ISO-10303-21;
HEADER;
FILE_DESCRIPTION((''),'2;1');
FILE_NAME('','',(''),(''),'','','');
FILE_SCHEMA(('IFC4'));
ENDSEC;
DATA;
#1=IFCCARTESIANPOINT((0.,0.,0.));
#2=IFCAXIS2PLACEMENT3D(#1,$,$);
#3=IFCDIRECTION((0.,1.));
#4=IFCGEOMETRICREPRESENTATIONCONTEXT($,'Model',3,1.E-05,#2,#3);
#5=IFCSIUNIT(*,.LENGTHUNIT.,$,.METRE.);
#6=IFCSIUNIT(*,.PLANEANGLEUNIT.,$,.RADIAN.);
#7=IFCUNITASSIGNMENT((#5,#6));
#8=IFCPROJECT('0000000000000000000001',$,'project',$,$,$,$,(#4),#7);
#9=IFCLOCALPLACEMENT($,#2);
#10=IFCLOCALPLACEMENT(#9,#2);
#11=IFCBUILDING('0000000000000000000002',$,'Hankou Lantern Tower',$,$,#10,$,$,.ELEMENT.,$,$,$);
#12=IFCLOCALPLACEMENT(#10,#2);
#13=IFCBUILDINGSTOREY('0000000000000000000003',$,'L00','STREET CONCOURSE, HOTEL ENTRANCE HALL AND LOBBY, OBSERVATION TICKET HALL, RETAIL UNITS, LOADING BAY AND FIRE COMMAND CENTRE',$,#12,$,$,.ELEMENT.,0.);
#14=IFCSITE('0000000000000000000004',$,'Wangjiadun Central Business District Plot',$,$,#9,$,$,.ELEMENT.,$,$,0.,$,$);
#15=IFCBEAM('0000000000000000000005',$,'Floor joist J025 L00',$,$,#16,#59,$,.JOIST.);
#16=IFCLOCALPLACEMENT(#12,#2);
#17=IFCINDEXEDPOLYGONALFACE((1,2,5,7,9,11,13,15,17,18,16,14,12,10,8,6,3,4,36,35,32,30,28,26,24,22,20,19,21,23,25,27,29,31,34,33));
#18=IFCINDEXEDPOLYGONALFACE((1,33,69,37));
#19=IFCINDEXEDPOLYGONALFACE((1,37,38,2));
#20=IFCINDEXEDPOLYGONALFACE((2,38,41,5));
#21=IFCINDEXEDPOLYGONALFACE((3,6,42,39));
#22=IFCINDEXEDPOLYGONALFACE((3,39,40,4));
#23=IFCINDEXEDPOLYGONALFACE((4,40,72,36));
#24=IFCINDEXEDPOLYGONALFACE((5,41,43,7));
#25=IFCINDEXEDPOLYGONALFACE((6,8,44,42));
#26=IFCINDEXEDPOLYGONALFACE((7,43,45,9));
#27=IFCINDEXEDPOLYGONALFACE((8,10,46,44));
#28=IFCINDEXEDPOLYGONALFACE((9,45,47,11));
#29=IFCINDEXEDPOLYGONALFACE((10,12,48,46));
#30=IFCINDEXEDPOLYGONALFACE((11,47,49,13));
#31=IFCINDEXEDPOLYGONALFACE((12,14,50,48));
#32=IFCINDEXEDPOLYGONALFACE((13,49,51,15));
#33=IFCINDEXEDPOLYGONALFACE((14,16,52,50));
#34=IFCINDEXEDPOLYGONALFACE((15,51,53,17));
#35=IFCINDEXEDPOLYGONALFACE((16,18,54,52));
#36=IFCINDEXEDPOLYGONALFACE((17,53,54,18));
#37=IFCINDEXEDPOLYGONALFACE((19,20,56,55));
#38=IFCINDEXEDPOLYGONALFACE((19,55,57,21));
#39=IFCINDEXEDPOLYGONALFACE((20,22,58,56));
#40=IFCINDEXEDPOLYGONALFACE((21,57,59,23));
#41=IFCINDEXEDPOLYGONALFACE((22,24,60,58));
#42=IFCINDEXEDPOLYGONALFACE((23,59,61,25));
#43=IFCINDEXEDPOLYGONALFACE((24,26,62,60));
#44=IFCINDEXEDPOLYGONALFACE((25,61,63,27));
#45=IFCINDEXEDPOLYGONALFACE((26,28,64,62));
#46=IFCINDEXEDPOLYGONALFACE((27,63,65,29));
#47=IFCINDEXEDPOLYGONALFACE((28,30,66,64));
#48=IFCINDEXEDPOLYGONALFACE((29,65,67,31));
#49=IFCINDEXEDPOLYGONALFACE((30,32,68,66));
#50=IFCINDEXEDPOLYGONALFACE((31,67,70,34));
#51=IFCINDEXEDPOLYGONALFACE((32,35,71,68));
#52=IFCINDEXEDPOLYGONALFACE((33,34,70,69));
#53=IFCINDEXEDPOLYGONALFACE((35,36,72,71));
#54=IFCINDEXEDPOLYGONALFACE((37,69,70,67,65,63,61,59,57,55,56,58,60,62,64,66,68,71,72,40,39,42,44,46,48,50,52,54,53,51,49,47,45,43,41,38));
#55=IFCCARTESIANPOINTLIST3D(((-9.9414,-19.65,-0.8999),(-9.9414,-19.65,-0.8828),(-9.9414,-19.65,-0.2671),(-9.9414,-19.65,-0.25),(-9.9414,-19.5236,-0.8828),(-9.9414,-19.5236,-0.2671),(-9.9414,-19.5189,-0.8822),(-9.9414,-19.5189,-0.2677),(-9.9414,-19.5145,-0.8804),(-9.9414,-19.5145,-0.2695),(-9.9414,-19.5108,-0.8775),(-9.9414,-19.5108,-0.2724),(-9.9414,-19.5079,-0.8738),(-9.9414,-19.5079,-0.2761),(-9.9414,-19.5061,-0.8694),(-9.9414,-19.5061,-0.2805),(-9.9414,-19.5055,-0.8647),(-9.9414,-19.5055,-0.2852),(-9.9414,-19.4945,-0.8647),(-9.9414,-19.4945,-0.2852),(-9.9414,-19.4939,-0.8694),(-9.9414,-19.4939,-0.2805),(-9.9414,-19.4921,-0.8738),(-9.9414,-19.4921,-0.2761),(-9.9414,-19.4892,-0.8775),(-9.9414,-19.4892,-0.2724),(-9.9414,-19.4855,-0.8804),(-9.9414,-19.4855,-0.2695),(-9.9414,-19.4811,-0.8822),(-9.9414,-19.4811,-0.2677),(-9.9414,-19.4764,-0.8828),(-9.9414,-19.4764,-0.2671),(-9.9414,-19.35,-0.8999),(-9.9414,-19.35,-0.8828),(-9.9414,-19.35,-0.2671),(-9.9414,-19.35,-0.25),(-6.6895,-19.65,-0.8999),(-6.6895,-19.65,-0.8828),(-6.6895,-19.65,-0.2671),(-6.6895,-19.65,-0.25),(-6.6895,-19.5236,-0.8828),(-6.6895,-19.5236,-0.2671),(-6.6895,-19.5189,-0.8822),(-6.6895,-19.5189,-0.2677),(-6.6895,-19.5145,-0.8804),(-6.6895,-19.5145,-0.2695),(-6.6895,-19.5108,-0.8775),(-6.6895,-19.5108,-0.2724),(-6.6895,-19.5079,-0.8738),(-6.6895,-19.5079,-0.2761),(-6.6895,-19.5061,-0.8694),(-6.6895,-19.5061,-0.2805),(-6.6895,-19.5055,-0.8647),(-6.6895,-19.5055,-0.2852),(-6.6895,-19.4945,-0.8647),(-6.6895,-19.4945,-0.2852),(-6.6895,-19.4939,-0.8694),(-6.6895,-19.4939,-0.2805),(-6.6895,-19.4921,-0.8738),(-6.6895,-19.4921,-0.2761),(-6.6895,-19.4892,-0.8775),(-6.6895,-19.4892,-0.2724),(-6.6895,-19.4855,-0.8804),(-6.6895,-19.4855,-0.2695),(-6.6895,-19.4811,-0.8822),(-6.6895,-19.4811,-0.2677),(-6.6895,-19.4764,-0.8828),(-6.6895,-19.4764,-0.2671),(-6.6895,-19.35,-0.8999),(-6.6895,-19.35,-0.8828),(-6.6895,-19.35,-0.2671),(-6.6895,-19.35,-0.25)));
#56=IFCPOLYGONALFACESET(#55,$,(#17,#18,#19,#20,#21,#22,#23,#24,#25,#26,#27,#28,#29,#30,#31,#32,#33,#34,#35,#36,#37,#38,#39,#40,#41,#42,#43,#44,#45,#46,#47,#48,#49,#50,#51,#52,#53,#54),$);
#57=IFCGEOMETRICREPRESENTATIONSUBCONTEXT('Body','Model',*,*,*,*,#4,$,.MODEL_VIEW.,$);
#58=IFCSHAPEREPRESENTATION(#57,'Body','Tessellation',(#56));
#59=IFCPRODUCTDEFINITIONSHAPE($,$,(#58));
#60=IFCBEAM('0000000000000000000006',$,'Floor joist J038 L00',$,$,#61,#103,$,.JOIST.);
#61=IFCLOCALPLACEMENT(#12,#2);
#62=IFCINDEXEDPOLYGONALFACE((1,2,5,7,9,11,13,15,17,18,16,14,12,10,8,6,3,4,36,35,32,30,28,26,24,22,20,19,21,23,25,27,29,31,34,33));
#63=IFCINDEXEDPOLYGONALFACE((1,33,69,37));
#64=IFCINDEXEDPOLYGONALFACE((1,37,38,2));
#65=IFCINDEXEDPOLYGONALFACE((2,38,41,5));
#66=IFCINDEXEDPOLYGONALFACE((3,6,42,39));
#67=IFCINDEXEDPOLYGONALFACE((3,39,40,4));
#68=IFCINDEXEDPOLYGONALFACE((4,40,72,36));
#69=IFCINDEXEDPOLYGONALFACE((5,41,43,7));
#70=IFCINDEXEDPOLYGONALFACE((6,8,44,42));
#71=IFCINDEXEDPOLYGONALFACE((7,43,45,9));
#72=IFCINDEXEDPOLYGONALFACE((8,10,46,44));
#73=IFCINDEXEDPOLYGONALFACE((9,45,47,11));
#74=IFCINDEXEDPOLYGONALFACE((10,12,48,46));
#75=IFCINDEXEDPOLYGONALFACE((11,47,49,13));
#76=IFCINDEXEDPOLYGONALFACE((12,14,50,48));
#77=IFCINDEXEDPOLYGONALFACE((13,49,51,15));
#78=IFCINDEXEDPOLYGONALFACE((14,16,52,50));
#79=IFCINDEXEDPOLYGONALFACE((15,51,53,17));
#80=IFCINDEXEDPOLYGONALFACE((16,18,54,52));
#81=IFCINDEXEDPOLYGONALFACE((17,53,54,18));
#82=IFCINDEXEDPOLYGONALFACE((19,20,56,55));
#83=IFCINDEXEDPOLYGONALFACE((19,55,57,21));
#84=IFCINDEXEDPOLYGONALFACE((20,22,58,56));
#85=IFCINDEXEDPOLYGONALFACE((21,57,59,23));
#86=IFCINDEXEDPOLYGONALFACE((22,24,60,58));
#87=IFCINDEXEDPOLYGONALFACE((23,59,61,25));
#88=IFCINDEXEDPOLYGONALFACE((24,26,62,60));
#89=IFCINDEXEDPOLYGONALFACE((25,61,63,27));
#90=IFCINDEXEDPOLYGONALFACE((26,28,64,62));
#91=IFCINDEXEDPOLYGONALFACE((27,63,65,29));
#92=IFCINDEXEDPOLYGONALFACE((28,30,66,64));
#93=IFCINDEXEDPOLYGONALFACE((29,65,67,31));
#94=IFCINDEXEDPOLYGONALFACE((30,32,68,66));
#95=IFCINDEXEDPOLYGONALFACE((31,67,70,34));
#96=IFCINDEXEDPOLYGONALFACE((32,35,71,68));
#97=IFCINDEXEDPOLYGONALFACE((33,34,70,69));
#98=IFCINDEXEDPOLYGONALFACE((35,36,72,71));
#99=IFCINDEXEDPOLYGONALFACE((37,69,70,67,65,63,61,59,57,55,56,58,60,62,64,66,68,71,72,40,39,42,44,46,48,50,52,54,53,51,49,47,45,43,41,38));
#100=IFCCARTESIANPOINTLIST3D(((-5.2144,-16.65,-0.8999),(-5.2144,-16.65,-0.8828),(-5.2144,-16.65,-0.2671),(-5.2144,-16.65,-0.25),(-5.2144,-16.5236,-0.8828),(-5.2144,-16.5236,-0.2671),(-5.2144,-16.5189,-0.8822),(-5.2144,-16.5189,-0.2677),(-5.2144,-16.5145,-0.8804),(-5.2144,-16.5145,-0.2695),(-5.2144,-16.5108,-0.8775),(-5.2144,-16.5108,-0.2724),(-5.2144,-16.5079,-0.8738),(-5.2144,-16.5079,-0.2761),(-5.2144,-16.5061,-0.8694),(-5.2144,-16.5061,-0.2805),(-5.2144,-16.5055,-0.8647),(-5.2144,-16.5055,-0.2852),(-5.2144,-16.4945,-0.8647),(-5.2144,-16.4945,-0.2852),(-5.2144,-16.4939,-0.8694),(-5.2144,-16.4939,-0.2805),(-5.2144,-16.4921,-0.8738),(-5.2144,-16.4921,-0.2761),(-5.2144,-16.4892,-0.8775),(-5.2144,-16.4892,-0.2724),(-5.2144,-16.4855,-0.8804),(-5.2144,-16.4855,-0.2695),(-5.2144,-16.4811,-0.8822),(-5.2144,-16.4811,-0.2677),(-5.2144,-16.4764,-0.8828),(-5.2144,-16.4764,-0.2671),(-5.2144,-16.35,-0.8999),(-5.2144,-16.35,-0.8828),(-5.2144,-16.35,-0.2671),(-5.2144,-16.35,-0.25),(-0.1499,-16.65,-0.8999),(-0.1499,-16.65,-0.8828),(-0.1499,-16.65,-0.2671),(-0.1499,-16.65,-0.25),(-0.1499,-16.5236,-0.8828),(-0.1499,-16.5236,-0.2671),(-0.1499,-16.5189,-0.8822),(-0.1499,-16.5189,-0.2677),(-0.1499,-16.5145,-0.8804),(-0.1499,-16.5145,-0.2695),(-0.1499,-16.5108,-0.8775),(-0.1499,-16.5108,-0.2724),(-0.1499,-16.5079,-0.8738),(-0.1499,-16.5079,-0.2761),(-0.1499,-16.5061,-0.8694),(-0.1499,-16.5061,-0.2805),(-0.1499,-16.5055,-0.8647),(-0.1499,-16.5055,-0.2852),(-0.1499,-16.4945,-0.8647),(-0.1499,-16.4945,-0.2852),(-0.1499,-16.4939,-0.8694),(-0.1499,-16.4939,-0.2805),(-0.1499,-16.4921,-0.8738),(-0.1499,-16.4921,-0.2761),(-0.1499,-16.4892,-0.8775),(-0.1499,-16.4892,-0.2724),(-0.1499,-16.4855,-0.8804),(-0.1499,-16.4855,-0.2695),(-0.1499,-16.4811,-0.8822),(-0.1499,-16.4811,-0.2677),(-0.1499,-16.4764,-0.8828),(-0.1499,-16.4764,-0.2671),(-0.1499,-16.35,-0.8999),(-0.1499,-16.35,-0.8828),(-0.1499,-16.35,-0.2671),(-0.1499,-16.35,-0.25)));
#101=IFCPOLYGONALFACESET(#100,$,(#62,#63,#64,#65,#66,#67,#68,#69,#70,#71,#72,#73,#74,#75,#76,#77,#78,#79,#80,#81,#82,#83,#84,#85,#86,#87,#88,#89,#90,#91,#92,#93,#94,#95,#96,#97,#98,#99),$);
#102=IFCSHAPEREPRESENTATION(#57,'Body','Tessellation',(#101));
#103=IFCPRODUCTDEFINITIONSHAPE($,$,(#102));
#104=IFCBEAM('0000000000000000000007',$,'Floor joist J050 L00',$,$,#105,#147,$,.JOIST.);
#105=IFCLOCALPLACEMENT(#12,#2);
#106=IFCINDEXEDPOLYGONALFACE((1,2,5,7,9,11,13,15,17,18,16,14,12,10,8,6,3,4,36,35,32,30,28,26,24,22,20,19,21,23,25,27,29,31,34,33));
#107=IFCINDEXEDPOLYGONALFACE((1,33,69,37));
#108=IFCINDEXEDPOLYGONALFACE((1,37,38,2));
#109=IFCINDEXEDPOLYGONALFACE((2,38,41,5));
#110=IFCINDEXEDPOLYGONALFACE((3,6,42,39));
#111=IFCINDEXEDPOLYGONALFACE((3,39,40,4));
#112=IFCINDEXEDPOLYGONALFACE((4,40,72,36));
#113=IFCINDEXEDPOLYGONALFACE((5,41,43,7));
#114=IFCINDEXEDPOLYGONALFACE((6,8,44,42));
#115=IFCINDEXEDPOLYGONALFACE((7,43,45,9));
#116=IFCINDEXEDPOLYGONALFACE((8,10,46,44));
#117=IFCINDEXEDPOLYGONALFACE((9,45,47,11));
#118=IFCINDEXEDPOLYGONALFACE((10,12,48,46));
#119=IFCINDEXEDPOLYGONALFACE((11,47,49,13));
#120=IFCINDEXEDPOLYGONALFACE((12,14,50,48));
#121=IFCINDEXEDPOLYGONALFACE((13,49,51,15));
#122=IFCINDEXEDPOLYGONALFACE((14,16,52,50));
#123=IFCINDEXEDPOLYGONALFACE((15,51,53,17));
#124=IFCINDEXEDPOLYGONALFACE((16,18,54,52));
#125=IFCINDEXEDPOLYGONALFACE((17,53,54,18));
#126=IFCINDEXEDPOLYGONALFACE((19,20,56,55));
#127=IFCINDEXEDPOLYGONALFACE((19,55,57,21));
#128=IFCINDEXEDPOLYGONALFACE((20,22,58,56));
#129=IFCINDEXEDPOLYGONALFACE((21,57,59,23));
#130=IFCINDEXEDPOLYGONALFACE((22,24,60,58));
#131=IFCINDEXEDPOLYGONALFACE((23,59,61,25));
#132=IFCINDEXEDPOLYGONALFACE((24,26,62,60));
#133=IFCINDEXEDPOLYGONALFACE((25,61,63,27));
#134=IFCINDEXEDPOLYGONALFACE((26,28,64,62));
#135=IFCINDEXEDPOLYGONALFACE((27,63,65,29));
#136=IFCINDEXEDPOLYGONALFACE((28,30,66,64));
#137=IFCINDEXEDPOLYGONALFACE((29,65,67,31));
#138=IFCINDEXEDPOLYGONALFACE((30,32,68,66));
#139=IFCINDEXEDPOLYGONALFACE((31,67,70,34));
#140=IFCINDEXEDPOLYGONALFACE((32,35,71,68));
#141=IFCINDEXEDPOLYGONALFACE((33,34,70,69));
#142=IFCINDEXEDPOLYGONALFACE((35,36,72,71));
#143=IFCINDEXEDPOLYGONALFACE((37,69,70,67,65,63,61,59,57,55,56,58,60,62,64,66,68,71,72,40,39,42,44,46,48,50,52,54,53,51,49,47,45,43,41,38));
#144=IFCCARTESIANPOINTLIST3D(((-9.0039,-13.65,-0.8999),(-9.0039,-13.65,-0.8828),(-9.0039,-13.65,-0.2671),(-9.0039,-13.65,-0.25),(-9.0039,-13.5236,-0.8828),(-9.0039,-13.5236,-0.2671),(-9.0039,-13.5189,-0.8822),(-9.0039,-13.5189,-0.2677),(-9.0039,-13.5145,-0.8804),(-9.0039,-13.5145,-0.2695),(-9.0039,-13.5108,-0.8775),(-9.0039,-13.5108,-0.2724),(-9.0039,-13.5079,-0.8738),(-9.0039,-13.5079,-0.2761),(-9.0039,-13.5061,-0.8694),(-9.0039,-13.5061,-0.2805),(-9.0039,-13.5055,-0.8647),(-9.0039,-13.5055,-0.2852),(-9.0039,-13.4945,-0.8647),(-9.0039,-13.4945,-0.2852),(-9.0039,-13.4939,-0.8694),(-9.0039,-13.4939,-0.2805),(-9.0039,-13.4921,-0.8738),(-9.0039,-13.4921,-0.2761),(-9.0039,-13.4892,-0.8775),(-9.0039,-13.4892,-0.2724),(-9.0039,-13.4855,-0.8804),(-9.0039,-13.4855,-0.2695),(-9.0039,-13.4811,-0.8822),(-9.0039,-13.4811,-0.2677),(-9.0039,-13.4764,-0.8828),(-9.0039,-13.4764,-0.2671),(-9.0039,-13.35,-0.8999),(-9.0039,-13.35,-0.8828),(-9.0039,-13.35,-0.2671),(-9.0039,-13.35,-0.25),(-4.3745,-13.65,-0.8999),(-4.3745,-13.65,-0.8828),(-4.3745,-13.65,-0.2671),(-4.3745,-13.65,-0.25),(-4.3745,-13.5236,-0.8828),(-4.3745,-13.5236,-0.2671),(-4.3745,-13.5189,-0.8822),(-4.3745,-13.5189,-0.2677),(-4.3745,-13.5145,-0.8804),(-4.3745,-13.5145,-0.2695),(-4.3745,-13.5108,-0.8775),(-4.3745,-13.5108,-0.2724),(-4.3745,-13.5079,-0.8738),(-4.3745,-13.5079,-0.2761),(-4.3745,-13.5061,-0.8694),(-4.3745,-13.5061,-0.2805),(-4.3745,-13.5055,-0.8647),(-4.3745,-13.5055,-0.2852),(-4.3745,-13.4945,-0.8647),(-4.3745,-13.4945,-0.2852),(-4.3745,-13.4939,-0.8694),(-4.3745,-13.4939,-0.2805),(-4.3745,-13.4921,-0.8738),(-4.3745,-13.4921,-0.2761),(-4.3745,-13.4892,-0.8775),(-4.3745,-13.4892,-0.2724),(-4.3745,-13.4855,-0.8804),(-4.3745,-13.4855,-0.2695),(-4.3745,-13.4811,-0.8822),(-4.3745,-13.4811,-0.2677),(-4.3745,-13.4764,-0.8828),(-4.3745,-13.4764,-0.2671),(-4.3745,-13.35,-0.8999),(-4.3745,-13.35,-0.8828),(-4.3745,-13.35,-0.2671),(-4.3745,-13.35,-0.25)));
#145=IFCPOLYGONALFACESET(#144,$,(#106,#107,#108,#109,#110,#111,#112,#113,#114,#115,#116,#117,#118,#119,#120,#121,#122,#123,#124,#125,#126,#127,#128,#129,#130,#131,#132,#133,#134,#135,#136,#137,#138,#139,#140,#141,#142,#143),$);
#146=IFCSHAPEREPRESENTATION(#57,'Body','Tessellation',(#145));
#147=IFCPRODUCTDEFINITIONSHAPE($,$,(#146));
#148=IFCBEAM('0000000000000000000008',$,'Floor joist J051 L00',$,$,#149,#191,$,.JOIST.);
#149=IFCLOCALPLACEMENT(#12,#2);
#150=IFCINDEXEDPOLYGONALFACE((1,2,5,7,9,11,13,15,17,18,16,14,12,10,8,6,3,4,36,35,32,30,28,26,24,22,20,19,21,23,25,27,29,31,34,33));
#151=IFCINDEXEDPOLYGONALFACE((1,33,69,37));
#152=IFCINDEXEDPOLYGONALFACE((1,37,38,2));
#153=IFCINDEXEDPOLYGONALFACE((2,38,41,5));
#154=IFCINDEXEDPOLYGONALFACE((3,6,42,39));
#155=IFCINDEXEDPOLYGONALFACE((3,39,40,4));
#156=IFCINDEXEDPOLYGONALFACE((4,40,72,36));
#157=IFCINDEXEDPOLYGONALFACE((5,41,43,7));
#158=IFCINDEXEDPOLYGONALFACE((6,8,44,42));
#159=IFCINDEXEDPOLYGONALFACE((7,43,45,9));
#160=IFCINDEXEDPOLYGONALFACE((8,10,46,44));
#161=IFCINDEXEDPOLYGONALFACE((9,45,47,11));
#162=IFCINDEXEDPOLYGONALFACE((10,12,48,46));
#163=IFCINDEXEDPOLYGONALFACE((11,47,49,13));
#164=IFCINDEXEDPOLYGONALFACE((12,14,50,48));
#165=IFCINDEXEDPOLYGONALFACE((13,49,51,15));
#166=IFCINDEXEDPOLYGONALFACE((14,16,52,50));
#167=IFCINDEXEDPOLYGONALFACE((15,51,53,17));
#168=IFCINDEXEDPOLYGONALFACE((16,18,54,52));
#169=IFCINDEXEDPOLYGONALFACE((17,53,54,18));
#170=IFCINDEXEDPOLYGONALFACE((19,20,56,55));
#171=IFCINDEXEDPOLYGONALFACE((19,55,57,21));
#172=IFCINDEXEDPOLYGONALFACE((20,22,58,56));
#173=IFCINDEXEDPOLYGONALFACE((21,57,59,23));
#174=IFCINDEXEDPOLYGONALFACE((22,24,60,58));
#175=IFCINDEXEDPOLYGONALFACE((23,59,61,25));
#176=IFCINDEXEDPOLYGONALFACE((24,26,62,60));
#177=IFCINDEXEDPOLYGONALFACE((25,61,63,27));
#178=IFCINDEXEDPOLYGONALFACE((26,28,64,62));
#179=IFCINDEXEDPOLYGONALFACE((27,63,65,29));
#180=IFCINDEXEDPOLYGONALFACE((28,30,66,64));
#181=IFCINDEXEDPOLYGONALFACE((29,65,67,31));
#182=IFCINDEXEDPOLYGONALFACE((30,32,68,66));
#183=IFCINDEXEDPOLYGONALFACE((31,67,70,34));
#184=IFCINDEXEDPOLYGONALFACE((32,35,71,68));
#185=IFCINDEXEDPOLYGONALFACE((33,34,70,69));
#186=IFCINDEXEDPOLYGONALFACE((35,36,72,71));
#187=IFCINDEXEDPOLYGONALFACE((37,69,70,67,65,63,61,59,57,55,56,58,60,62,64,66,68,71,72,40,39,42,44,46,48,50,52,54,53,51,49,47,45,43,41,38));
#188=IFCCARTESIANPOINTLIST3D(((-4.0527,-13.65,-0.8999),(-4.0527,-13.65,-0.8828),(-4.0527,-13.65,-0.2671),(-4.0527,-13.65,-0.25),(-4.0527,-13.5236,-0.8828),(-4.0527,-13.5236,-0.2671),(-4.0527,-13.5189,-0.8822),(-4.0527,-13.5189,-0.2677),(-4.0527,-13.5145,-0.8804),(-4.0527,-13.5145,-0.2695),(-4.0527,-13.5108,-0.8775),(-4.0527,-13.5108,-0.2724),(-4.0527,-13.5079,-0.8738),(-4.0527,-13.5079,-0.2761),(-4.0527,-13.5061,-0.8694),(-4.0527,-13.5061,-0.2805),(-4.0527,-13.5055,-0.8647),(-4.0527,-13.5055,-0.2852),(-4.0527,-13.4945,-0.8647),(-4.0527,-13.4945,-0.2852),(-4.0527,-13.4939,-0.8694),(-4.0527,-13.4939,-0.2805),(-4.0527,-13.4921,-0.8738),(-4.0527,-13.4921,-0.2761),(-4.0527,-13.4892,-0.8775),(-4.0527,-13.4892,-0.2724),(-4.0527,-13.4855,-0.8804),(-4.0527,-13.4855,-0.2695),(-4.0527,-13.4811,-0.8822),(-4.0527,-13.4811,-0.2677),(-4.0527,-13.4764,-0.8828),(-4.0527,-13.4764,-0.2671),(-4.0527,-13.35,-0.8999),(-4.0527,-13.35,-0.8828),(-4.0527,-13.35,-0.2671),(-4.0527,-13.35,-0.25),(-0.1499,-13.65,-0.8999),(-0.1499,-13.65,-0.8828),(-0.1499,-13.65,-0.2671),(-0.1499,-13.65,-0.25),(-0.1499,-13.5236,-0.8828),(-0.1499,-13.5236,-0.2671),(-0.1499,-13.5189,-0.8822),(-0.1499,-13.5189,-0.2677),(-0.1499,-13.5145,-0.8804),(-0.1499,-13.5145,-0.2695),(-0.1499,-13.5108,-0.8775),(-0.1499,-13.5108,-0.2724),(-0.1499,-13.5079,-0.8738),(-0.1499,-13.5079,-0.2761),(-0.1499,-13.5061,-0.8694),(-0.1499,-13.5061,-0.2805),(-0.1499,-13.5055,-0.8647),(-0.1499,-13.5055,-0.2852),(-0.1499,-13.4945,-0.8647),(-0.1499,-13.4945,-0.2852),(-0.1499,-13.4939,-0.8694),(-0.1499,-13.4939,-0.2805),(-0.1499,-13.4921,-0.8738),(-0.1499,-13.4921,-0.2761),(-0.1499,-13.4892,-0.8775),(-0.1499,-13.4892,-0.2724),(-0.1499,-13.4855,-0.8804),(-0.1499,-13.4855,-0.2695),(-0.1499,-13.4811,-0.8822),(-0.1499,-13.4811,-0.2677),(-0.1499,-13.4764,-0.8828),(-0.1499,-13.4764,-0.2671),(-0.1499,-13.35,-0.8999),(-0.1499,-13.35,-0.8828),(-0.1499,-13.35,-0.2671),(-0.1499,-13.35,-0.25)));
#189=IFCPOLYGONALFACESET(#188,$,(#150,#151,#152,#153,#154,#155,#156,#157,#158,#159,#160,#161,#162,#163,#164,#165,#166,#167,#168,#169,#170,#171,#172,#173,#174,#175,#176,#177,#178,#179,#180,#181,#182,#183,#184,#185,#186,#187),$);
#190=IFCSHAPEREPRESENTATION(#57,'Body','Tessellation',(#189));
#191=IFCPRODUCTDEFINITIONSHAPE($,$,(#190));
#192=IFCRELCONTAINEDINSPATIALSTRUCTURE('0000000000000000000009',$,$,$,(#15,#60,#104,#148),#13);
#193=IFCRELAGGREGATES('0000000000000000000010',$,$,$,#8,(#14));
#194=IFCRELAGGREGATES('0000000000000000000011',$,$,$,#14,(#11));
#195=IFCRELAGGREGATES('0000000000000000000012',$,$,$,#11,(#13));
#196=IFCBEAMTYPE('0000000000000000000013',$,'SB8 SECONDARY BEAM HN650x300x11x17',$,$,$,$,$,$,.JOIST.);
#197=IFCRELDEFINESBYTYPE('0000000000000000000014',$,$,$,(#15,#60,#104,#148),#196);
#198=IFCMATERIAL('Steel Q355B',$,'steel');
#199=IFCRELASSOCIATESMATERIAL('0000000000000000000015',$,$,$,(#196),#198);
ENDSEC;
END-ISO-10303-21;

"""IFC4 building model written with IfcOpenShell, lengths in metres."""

from ifc_helpers import new_model, si_unit, direction, frame, origin, origin_2d, place, context, subcontext, project, spatial, i_section, extrude, material, material_profile, profile_set, type_object, element, save


model = new_model("IFC4")

# Units and contexts
model_context = context("Model", 3, precision=1e-05, world=origin(), true_north=direction((0.0, 1.0)))
body_context = subcontext(model_context, "Body", "Model", "MODEL_VIEW")
ifc_project = project(units=[si_unit("LENGTHUNIT", "METRE"), si_unit("PLANEANGLEUNIT", "RADIAN")], contexts=[model_context])

# Site, building, storey
site_placement = place(None, origin())
site = spatial("IfcSite", under=ifc_project, at=site_placement, Name="Wangjiadun Central Business District Plot", CompositionType="ELEMENT", RefElevation=0.0)
building_placement = place(site_placement, origin())
building = spatial("IfcBuilding", under=site, at=building_placement, Name="Hankou Lantern Tower", CompositionType="ELEMENT")
storey_placement = place(building_placement, origin())
storey = spatial("IfcBuildingStorey", under=building, at=storey_placement, Name="L00", Description="STREET CONCOURSE, HOTEL ENTRANCE HALL AND LOBBY, OBSERVATION TICKET HALL, RETAIL UNITS, LOADING BAY AND FIRE COMMAND CENTRE", CompositionType="ELEMENT", Elevation=0.0)

# Beams
ifc_material_1 = material(Name="Steel Q355B", Category="steel")
ifc_material_profile_1 = material_profile(ifc_material_1, i_section(OverallWidth=0.3, OverallDepth=0.6499, WebThickness=0.011, FlangeThickness=0.0171, FilletRadius=0.0181, at=origin_2d()), Name="HN650x300x11x17")
ifc_profile_set_1 = profile_set([ifc_material_profile_1], Name="Steel Q355B")
beam_type_1 = type_object("IfcBeamType", Name="SB8 SECONDARY BEAM HN650x300x11x17", PredefinedType="JOIST", material=ifc_profile_set_1)
beam_1_placement = place(storey_placement, frame((-9.9414, -19.5, -0.575), z_axis=(1.0, 0.0, 0.0), x_axis=(0.0, 1.0, 0.0)))
element("IfcBeam", 1, at=beam_1_placement, inside=storey, type_object=beam_type_1, Name="Floor joist J025 L00", PredefinedType="JOIST", context=body_context, shape_type="SweptSolid", body=[
    extrude(i_section(OverallWidth=0.3, OverallDepth=0.6499, WebThickness=0.011, FlangeThickness=0.0171, FilletRadius=0.0181, at=origin_2d()), origin(), (0.0, 0.0, 1.0), 3.252),
])
beam_2_placement = place(storey_placement, frame((-5.2144, -16.5, -0.575), z_axis=(1.0, 0.0, 0.0), x_axis=(0.0, 1.0, 0.0)))
element("IfcBeam", 2, at=beam_2_placement, inside=storey, type_object=beam_type_1, Name="Floor joist J038 L00", PredefinedType="JOIST", context=body_context, shape_type="SweptSolid", body=[
    extrude(i_section(OverallWidth=0.3, OverallDepth=0.6499, WebThickness=0.011, FlangeThickness=0.0171, FilletRadius=0.0181, at=origin_2d()), origin(), (0.0, 0.0, 1.0), 5.0645),
])
beam_3_placement = place(storey_placement, frame((-9.0039, -13.5, -0.575), z_axis=(1.0, 0.0, 0.0), x_axis=(0.0, 1.0, 0.0)))
element("IfcBeam", 3, at=beam_3_placement, inside=storey, type_object=beam_type_1, Name="Floor joist J050 L00", PredefinedType="JOIST", context=body_context, shape_type="SweptSolid", body=[
    extrude(i_section(OverallWidth=0.3, OverallDepth=0.6499, WebThickness=0.011, FlangeThickness=0.0171, FilletRadius=0.0181, at=origin_2d()), origin(), (0.0, 0.0, 1.0), 4.6294),
])
beam_4_placement = place(storey_placement, frame((-4.0527, -13.5, -0.575), z_axis=(1.0, 0.0, 0.0), x_axis=(0.0, 1.0, 0.0)))
element("IfcBeam", 4, at=beam_4_placement, inside=storey, type_object=beam_type_1, Name="Floor joist J051 L00", PredefinedType="JOIST", context=body_context, shape_type="SweptSolid", body=[
    extrude(i_section(OverallWidth=0.3, OverallDepth=0.6499, WebThickness=0.011, FlangeThickness=0.0171, FilletRadius=0.0181, at=origin_2d()), origin(), (0.0, 0.0, 1.0), 3.9028),
])

save(model, "model.ifc")
